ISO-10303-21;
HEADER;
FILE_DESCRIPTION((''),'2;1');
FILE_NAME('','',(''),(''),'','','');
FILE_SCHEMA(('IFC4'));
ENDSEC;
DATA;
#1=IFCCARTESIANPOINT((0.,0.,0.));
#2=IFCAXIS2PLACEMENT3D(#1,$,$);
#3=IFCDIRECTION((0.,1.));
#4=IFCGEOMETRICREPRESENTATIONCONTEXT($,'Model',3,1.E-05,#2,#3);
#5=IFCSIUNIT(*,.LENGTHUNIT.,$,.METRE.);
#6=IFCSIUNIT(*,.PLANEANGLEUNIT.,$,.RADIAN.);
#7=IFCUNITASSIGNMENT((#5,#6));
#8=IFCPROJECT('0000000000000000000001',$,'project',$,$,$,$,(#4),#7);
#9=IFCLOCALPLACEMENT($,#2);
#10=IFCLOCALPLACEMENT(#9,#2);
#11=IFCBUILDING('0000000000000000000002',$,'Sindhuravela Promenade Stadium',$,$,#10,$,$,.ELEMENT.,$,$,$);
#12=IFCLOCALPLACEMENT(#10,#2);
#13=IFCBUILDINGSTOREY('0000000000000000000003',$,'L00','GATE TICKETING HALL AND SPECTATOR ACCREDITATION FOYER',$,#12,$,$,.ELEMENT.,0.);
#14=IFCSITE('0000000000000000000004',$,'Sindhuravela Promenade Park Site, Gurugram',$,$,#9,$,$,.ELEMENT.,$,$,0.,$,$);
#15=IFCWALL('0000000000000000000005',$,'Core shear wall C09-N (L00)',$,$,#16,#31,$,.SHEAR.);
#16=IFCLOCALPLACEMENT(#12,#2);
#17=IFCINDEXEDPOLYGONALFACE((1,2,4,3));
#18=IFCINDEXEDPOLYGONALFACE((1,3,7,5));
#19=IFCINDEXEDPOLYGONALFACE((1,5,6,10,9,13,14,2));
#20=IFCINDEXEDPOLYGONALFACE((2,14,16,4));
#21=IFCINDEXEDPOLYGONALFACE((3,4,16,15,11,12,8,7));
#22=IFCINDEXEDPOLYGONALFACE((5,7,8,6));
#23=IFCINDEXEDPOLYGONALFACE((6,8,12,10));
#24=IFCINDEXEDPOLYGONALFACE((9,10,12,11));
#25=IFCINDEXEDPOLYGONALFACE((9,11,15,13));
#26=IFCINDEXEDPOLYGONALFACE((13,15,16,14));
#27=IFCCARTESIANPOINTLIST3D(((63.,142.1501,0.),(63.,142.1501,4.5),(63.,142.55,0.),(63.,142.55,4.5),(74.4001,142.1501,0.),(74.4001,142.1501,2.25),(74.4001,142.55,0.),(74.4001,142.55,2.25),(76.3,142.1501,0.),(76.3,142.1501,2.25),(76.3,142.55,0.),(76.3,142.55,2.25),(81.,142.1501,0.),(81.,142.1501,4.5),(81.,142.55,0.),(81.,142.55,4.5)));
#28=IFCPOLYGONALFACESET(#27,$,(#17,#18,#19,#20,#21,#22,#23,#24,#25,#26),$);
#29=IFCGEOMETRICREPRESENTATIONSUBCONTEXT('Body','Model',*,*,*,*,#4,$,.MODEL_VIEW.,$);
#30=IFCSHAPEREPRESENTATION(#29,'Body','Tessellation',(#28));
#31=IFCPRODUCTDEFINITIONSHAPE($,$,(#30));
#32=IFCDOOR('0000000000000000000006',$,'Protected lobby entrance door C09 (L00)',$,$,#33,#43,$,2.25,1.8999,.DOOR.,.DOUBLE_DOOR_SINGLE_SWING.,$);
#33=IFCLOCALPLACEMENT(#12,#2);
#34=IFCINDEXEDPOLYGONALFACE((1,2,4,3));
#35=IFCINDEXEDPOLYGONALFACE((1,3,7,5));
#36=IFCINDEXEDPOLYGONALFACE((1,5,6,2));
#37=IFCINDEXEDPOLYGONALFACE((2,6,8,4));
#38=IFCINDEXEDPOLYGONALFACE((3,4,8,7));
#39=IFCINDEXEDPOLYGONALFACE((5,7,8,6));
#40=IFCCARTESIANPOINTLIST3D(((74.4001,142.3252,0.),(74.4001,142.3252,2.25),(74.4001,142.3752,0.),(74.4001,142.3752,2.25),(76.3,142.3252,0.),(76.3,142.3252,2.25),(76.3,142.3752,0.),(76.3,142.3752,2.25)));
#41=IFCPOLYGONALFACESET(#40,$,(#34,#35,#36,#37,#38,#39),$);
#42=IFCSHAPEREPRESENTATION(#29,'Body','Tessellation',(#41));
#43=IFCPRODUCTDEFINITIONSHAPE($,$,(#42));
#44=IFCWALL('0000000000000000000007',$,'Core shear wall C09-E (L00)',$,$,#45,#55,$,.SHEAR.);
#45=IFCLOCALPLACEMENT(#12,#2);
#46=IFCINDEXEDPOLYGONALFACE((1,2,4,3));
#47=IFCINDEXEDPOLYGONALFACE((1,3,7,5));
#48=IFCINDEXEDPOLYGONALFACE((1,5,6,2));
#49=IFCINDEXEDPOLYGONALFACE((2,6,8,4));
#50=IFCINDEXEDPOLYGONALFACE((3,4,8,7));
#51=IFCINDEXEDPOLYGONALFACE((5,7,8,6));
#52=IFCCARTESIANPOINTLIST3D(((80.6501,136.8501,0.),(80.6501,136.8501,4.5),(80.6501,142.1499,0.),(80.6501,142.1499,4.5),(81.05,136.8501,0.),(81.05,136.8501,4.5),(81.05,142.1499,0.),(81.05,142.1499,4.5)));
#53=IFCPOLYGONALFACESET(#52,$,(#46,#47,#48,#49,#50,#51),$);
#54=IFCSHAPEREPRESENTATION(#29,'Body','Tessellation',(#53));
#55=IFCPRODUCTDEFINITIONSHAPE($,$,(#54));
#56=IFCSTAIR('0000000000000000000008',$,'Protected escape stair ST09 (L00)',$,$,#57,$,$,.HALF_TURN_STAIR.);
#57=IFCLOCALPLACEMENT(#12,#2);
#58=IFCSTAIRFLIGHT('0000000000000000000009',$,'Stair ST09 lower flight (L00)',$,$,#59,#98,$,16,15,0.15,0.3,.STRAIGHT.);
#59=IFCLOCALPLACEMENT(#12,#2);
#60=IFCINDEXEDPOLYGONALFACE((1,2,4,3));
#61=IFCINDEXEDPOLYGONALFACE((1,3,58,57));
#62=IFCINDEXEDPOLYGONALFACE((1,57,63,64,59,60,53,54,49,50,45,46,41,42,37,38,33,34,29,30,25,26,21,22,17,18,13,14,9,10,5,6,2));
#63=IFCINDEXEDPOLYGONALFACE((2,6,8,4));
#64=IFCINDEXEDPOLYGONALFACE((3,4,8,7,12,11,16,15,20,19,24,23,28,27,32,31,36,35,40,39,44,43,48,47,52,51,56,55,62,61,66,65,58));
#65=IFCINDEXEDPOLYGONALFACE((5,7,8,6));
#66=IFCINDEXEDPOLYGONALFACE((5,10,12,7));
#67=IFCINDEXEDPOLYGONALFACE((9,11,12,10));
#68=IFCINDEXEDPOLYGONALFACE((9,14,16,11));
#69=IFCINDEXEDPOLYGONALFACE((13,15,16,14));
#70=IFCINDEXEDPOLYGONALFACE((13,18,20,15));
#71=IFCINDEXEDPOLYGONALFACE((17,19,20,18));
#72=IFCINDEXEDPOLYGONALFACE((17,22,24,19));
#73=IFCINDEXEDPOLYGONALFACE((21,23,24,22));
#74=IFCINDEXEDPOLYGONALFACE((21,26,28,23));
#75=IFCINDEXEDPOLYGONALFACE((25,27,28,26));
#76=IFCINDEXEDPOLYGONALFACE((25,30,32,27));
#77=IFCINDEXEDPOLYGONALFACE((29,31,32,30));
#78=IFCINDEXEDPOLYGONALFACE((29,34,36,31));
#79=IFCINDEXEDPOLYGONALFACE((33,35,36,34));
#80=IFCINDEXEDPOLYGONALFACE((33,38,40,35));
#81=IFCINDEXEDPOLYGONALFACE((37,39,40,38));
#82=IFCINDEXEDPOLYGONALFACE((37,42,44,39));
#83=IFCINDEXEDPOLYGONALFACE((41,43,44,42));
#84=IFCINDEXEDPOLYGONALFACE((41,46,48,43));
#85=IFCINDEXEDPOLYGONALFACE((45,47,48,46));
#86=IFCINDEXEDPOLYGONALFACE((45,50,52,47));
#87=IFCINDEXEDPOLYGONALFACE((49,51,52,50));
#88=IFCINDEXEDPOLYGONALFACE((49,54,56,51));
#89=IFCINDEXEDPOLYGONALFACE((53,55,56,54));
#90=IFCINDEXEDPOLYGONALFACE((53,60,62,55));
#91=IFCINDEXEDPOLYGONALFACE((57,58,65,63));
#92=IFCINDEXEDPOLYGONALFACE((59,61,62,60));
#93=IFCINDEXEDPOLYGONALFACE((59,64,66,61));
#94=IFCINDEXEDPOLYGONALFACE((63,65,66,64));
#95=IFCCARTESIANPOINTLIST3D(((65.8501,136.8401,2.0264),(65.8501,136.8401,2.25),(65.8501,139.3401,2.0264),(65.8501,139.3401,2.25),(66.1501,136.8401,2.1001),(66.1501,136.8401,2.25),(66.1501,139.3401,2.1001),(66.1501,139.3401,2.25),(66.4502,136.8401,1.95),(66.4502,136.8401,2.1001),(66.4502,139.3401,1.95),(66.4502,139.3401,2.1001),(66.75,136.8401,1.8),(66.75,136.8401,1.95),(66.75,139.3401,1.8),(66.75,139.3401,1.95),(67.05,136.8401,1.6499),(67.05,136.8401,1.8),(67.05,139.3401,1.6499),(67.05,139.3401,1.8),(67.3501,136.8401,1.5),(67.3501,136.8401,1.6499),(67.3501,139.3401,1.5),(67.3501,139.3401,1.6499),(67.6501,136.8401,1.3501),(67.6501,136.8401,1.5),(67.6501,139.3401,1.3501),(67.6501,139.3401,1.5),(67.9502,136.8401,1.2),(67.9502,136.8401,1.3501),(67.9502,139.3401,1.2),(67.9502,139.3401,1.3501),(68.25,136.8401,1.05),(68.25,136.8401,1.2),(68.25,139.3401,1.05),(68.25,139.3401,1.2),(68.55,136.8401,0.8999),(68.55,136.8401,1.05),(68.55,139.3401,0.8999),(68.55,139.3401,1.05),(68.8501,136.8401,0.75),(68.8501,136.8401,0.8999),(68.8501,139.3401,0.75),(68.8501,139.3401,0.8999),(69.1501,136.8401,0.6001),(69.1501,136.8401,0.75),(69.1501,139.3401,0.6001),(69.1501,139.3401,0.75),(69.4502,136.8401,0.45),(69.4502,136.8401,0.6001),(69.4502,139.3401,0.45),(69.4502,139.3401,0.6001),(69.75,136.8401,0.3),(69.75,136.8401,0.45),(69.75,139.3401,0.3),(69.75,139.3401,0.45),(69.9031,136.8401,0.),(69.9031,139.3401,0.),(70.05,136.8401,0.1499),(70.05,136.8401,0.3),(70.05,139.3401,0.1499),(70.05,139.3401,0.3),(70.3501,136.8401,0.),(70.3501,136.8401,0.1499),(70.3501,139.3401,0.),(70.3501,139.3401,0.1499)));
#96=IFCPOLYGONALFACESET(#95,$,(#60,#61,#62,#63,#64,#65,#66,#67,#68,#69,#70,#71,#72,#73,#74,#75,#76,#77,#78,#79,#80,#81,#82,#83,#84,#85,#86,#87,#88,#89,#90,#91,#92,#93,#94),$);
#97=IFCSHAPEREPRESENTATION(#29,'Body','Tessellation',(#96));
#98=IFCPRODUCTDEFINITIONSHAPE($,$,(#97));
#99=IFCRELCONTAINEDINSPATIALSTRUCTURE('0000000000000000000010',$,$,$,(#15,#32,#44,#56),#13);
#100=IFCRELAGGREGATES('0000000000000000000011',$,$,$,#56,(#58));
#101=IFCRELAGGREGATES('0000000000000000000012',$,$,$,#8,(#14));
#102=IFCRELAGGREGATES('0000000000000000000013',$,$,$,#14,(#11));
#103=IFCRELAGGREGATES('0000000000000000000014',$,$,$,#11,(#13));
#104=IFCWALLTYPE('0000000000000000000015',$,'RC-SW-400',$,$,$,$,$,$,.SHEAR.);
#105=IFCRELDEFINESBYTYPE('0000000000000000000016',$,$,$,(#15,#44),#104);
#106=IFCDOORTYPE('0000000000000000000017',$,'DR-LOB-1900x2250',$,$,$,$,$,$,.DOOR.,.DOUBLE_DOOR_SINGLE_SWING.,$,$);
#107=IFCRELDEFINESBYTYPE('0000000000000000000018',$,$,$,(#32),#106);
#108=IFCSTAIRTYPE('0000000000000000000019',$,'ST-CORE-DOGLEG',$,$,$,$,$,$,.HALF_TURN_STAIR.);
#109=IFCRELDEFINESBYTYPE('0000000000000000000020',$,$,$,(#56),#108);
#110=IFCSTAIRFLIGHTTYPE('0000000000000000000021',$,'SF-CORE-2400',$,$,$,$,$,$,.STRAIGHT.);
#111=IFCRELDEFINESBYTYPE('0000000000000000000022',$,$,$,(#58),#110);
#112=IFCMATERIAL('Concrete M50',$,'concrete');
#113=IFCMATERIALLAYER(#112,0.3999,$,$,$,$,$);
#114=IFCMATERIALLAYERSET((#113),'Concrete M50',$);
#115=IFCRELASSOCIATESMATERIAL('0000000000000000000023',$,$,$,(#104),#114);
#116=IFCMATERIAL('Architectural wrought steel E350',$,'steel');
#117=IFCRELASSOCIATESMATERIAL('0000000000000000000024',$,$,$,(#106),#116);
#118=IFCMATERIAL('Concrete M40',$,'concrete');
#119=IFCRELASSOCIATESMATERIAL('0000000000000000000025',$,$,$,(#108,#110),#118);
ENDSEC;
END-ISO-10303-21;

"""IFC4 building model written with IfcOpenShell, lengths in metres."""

from ifc_helpers import new_model, si_unit, direction, frame, frame_2d, origin, place, context, subcontext, project, spatial, polyline, rectangle, outline, extrude, material, layer, layer_set, type_object, element, fill, aggregate, save


model = new_model("IFC4")

# Units and contexts
model_context = context("Model", 3, precision=1e-05, world=origin(), true_north=direction((0.0, 1.0)))
body_context = subcontext(model_context, "Body", "Model", "MODEL_VIEW")
ifc_project = project(units=[si_unit("LENGTHUNIT", "METRE"), si_unit("PLANEANGLEUNIT", "RADIAN")], contexts=[model_context])

# Site, building, storey
site_placement = place(None, origin())
site = spatial("IfcSite", under=ifc_project, at=site_placement, Name="Sindhuravela Promenade Park Site, Gurugram", CompositionType="ELEMENT", RefElevation=0.0)
building_placement = place(site_placement, origin())
building = spatial("IfcBuilding", under=site, at=building_placement, Name="Sindhuravela Promenade Stadium", CompositionType="ELEMENT")
storey_placement = place(building_placement, origin())
storey = spatial("IfcBuildingStorey", under=building, at=storey_placement, Name="L00", Description="GATE TICKETING HALL AND SPECTATOR ACCREDITATION FOYER", CompositionType="ELEMENT", Elevation=0.0)

# Shared definitions
ifc_material_1 = material(Name="Concrete M50", Category="concrete")

# Shared definitions
ifc_material_2 = material(Name="Concrete M40", Category="concrete")

# Shared definitions
ifc_material_3 = material(Name="Architectural wrought steel E350", Category="steel")

# Wall, opening, door
ifc_layer_1 = layer(ifc_material_1, 0.3999)
ifc_layer_set_1 = layer_set([ifc_layer_1], Name="Concrete M50")
wall_type_1 = type_object("IfcWallType", Name="RC-SW-400", PredefinedType="SHEAR", material=ifc_layer_set_1)
wall_1_placement = place(storey_placement, frame((81.0, 142.3501, 0.0), z_axis=(0.0, 0.0, 1.0), x_axis=(-1.0, 0.0, 0.0)))
wall_1 = element("IfcWall", 1, at=wall_1_placement, inside=storey, type_object=wall_type_1, Name="Core shear wall C09-N (L00)", PredefinedType="SHEAR", context=body_context, shape_type="SweptSolid", body=[
    extrude(rectangle(XDim=18.0, YDim=0.3999, at=frame_2d((9.0, 0.0))), origin(), (0.0, 0.0, 1.0), 4.5),
])
opening_1_placement = place(wall_1_placement, frame((4.7, 0.0, 0.0)))
opening_1 = element("IfcOpeningElement", 2, at=opening_1_placement, cuts=wall_1, PredefinedType="OPENING", context=body_context, shape_type="SweptSolid", body=[
    extrude(rectangle(XDim=1.8999, YDim=2.25, at=frame_2d((0.95, 1.125))), frame((0.0, 0.21, 0.0), z_axis=(0.0, -1.0, 0.0), x_axis=(1.0, 0.0, 0.0)), (0.0, 0.0, 1.0), 0.4199),
])
door_type_1 = type_object("IfcDoorType", Name="DR-LOB-1900x2250", OperationType="DOUBLE_DOOR_SINGLE_SWING", PredefinedType="DOOR", material=ifc_material_3)
door_1_placement = place(opening_1_placement, origin())
door_1 = element("IfcDoor", 3, at=door_1_placement, inside=storey, type_object=door_type_1, Name="Protected lobby entrance door C09 (L00)", OperationType="DOUBLE_DOOR_SINGLE_SWING", OverallHeight=2.25, OverallWidth=1.8999, PredefinedType="DOOR", context=body_context, shape_type="SweptSolid", body=[
    extrude(rectangle(XDim=1.8999, YDim=2.25, at=frame_2d((0.95, 1.125))), frame((0.0, 0.0249, 0.0), z_axis=(0.0, -1.0, 0.0), x_axis=(1.0, 0.0, 0.0)), (0.0, 0.0, 1.0), 0.05),
])
fill(opening_1, door_1)

# Wall
wall_2_placement = place(storey_placement, frame((80.8501, 136.8501, 0.0), z_axis=(0.0, 0.0, 1.0), x_axis=(0.0, 1.0, 0.0)))
element("IfcWall", 4, at=wall_2_placement, inside=storey, type_object=wall_type_1, Name="Core shear wall C09-E (L00)", PredefinedType="SHEAR", context=body_context, shape_type="SweptSolid", body=[
    extrude(rectangle(XDim=5.2998, YDim=0.3999, at=frame_2d((2.6499, 0.0))), origin(), (0.0, 0.0, 1.0), 4.5),
])

# Stair, stair flight
stair_type = type_object("IfcStairType", Name="ST-CORE-DOGLEG", PredefinedType="HALF_TURN_STAIR", material=ifc_material_2)
stair_placement = place(storey_placement, origin())
stair = element("IfcStair", 5, at=stair_placement, inside=storey, type_object=stair_type, Name="Protected escape stair ST09 (L00)", PredefinedType="HALF_TURN_STAIR")
stair_flight_type = type_object("IfcStairFlightType", Name="SF-CORE-2400", PredefinedType="STRAIGHT", material=ifc_material_2)
stair_flight_placement = place(storey_placement, frame((70.3501, 138.0901, 0.0), z_axis=(0.0, 0.0, 1.0), x_axis=(-1.0, 0.0, 0.0)))
stair_flight = element("IfcStairFlight", 6, at=stair_flight_placement, type_object=stair_flight_type, Name="Stair ST09 lower flight (L00)", NumberOfRisers=16, NumberOfTreads=15, PredefinedType="STRAIGHT", RiserHeight=0.15, TreadLength=0.3, context=body_context, shape_type="SweptSolid", body=[
    extrude(outline(polyline([(0.0, 0.0), (0.0, 0.1499), (0.3, 0.1499), (0.3, 0.3), (0.6001, 0.3), (0.6001, 0.45), (0.8999, 0.45), (0.8999, 0.6001), (1.2, 0.6001), (1.2, 0.75), (1.5, 0.75), (1.5, 0.8999), (1.8, 0.8999), (1.8, 1.05), (2.1001, 1.05), (2.1001, 1.2), (2.3999, 1.2), (2.3999, 1.3501), (2.7, 1.3501), (2.7, 1.5), (3.0, 1.5), (3.0, 1.6499), (3.3, 1.6499), (3.3, 1.8), (3.6001, 1.8), (3.6001, 1.95), (3.8999, 1.95), (3.8999, 2.1001), (4.2, 2.1001), (4.2, 2.25), (4.5, 2.25), (4.5, 2.3999), (4.5, 2.0264), (0.447, 0.0), (0.0, 0.0)])), frame((0.0, 1.25, 0.0), z_axis=(0.0, -1.0, 0.0), x_axis=(1.0, 0.0, 0.0)), (0.0, 0.0, 1.0), 2.5),
])
aggregate(stair, [stair_flight])

save(model, "model.ifc")
